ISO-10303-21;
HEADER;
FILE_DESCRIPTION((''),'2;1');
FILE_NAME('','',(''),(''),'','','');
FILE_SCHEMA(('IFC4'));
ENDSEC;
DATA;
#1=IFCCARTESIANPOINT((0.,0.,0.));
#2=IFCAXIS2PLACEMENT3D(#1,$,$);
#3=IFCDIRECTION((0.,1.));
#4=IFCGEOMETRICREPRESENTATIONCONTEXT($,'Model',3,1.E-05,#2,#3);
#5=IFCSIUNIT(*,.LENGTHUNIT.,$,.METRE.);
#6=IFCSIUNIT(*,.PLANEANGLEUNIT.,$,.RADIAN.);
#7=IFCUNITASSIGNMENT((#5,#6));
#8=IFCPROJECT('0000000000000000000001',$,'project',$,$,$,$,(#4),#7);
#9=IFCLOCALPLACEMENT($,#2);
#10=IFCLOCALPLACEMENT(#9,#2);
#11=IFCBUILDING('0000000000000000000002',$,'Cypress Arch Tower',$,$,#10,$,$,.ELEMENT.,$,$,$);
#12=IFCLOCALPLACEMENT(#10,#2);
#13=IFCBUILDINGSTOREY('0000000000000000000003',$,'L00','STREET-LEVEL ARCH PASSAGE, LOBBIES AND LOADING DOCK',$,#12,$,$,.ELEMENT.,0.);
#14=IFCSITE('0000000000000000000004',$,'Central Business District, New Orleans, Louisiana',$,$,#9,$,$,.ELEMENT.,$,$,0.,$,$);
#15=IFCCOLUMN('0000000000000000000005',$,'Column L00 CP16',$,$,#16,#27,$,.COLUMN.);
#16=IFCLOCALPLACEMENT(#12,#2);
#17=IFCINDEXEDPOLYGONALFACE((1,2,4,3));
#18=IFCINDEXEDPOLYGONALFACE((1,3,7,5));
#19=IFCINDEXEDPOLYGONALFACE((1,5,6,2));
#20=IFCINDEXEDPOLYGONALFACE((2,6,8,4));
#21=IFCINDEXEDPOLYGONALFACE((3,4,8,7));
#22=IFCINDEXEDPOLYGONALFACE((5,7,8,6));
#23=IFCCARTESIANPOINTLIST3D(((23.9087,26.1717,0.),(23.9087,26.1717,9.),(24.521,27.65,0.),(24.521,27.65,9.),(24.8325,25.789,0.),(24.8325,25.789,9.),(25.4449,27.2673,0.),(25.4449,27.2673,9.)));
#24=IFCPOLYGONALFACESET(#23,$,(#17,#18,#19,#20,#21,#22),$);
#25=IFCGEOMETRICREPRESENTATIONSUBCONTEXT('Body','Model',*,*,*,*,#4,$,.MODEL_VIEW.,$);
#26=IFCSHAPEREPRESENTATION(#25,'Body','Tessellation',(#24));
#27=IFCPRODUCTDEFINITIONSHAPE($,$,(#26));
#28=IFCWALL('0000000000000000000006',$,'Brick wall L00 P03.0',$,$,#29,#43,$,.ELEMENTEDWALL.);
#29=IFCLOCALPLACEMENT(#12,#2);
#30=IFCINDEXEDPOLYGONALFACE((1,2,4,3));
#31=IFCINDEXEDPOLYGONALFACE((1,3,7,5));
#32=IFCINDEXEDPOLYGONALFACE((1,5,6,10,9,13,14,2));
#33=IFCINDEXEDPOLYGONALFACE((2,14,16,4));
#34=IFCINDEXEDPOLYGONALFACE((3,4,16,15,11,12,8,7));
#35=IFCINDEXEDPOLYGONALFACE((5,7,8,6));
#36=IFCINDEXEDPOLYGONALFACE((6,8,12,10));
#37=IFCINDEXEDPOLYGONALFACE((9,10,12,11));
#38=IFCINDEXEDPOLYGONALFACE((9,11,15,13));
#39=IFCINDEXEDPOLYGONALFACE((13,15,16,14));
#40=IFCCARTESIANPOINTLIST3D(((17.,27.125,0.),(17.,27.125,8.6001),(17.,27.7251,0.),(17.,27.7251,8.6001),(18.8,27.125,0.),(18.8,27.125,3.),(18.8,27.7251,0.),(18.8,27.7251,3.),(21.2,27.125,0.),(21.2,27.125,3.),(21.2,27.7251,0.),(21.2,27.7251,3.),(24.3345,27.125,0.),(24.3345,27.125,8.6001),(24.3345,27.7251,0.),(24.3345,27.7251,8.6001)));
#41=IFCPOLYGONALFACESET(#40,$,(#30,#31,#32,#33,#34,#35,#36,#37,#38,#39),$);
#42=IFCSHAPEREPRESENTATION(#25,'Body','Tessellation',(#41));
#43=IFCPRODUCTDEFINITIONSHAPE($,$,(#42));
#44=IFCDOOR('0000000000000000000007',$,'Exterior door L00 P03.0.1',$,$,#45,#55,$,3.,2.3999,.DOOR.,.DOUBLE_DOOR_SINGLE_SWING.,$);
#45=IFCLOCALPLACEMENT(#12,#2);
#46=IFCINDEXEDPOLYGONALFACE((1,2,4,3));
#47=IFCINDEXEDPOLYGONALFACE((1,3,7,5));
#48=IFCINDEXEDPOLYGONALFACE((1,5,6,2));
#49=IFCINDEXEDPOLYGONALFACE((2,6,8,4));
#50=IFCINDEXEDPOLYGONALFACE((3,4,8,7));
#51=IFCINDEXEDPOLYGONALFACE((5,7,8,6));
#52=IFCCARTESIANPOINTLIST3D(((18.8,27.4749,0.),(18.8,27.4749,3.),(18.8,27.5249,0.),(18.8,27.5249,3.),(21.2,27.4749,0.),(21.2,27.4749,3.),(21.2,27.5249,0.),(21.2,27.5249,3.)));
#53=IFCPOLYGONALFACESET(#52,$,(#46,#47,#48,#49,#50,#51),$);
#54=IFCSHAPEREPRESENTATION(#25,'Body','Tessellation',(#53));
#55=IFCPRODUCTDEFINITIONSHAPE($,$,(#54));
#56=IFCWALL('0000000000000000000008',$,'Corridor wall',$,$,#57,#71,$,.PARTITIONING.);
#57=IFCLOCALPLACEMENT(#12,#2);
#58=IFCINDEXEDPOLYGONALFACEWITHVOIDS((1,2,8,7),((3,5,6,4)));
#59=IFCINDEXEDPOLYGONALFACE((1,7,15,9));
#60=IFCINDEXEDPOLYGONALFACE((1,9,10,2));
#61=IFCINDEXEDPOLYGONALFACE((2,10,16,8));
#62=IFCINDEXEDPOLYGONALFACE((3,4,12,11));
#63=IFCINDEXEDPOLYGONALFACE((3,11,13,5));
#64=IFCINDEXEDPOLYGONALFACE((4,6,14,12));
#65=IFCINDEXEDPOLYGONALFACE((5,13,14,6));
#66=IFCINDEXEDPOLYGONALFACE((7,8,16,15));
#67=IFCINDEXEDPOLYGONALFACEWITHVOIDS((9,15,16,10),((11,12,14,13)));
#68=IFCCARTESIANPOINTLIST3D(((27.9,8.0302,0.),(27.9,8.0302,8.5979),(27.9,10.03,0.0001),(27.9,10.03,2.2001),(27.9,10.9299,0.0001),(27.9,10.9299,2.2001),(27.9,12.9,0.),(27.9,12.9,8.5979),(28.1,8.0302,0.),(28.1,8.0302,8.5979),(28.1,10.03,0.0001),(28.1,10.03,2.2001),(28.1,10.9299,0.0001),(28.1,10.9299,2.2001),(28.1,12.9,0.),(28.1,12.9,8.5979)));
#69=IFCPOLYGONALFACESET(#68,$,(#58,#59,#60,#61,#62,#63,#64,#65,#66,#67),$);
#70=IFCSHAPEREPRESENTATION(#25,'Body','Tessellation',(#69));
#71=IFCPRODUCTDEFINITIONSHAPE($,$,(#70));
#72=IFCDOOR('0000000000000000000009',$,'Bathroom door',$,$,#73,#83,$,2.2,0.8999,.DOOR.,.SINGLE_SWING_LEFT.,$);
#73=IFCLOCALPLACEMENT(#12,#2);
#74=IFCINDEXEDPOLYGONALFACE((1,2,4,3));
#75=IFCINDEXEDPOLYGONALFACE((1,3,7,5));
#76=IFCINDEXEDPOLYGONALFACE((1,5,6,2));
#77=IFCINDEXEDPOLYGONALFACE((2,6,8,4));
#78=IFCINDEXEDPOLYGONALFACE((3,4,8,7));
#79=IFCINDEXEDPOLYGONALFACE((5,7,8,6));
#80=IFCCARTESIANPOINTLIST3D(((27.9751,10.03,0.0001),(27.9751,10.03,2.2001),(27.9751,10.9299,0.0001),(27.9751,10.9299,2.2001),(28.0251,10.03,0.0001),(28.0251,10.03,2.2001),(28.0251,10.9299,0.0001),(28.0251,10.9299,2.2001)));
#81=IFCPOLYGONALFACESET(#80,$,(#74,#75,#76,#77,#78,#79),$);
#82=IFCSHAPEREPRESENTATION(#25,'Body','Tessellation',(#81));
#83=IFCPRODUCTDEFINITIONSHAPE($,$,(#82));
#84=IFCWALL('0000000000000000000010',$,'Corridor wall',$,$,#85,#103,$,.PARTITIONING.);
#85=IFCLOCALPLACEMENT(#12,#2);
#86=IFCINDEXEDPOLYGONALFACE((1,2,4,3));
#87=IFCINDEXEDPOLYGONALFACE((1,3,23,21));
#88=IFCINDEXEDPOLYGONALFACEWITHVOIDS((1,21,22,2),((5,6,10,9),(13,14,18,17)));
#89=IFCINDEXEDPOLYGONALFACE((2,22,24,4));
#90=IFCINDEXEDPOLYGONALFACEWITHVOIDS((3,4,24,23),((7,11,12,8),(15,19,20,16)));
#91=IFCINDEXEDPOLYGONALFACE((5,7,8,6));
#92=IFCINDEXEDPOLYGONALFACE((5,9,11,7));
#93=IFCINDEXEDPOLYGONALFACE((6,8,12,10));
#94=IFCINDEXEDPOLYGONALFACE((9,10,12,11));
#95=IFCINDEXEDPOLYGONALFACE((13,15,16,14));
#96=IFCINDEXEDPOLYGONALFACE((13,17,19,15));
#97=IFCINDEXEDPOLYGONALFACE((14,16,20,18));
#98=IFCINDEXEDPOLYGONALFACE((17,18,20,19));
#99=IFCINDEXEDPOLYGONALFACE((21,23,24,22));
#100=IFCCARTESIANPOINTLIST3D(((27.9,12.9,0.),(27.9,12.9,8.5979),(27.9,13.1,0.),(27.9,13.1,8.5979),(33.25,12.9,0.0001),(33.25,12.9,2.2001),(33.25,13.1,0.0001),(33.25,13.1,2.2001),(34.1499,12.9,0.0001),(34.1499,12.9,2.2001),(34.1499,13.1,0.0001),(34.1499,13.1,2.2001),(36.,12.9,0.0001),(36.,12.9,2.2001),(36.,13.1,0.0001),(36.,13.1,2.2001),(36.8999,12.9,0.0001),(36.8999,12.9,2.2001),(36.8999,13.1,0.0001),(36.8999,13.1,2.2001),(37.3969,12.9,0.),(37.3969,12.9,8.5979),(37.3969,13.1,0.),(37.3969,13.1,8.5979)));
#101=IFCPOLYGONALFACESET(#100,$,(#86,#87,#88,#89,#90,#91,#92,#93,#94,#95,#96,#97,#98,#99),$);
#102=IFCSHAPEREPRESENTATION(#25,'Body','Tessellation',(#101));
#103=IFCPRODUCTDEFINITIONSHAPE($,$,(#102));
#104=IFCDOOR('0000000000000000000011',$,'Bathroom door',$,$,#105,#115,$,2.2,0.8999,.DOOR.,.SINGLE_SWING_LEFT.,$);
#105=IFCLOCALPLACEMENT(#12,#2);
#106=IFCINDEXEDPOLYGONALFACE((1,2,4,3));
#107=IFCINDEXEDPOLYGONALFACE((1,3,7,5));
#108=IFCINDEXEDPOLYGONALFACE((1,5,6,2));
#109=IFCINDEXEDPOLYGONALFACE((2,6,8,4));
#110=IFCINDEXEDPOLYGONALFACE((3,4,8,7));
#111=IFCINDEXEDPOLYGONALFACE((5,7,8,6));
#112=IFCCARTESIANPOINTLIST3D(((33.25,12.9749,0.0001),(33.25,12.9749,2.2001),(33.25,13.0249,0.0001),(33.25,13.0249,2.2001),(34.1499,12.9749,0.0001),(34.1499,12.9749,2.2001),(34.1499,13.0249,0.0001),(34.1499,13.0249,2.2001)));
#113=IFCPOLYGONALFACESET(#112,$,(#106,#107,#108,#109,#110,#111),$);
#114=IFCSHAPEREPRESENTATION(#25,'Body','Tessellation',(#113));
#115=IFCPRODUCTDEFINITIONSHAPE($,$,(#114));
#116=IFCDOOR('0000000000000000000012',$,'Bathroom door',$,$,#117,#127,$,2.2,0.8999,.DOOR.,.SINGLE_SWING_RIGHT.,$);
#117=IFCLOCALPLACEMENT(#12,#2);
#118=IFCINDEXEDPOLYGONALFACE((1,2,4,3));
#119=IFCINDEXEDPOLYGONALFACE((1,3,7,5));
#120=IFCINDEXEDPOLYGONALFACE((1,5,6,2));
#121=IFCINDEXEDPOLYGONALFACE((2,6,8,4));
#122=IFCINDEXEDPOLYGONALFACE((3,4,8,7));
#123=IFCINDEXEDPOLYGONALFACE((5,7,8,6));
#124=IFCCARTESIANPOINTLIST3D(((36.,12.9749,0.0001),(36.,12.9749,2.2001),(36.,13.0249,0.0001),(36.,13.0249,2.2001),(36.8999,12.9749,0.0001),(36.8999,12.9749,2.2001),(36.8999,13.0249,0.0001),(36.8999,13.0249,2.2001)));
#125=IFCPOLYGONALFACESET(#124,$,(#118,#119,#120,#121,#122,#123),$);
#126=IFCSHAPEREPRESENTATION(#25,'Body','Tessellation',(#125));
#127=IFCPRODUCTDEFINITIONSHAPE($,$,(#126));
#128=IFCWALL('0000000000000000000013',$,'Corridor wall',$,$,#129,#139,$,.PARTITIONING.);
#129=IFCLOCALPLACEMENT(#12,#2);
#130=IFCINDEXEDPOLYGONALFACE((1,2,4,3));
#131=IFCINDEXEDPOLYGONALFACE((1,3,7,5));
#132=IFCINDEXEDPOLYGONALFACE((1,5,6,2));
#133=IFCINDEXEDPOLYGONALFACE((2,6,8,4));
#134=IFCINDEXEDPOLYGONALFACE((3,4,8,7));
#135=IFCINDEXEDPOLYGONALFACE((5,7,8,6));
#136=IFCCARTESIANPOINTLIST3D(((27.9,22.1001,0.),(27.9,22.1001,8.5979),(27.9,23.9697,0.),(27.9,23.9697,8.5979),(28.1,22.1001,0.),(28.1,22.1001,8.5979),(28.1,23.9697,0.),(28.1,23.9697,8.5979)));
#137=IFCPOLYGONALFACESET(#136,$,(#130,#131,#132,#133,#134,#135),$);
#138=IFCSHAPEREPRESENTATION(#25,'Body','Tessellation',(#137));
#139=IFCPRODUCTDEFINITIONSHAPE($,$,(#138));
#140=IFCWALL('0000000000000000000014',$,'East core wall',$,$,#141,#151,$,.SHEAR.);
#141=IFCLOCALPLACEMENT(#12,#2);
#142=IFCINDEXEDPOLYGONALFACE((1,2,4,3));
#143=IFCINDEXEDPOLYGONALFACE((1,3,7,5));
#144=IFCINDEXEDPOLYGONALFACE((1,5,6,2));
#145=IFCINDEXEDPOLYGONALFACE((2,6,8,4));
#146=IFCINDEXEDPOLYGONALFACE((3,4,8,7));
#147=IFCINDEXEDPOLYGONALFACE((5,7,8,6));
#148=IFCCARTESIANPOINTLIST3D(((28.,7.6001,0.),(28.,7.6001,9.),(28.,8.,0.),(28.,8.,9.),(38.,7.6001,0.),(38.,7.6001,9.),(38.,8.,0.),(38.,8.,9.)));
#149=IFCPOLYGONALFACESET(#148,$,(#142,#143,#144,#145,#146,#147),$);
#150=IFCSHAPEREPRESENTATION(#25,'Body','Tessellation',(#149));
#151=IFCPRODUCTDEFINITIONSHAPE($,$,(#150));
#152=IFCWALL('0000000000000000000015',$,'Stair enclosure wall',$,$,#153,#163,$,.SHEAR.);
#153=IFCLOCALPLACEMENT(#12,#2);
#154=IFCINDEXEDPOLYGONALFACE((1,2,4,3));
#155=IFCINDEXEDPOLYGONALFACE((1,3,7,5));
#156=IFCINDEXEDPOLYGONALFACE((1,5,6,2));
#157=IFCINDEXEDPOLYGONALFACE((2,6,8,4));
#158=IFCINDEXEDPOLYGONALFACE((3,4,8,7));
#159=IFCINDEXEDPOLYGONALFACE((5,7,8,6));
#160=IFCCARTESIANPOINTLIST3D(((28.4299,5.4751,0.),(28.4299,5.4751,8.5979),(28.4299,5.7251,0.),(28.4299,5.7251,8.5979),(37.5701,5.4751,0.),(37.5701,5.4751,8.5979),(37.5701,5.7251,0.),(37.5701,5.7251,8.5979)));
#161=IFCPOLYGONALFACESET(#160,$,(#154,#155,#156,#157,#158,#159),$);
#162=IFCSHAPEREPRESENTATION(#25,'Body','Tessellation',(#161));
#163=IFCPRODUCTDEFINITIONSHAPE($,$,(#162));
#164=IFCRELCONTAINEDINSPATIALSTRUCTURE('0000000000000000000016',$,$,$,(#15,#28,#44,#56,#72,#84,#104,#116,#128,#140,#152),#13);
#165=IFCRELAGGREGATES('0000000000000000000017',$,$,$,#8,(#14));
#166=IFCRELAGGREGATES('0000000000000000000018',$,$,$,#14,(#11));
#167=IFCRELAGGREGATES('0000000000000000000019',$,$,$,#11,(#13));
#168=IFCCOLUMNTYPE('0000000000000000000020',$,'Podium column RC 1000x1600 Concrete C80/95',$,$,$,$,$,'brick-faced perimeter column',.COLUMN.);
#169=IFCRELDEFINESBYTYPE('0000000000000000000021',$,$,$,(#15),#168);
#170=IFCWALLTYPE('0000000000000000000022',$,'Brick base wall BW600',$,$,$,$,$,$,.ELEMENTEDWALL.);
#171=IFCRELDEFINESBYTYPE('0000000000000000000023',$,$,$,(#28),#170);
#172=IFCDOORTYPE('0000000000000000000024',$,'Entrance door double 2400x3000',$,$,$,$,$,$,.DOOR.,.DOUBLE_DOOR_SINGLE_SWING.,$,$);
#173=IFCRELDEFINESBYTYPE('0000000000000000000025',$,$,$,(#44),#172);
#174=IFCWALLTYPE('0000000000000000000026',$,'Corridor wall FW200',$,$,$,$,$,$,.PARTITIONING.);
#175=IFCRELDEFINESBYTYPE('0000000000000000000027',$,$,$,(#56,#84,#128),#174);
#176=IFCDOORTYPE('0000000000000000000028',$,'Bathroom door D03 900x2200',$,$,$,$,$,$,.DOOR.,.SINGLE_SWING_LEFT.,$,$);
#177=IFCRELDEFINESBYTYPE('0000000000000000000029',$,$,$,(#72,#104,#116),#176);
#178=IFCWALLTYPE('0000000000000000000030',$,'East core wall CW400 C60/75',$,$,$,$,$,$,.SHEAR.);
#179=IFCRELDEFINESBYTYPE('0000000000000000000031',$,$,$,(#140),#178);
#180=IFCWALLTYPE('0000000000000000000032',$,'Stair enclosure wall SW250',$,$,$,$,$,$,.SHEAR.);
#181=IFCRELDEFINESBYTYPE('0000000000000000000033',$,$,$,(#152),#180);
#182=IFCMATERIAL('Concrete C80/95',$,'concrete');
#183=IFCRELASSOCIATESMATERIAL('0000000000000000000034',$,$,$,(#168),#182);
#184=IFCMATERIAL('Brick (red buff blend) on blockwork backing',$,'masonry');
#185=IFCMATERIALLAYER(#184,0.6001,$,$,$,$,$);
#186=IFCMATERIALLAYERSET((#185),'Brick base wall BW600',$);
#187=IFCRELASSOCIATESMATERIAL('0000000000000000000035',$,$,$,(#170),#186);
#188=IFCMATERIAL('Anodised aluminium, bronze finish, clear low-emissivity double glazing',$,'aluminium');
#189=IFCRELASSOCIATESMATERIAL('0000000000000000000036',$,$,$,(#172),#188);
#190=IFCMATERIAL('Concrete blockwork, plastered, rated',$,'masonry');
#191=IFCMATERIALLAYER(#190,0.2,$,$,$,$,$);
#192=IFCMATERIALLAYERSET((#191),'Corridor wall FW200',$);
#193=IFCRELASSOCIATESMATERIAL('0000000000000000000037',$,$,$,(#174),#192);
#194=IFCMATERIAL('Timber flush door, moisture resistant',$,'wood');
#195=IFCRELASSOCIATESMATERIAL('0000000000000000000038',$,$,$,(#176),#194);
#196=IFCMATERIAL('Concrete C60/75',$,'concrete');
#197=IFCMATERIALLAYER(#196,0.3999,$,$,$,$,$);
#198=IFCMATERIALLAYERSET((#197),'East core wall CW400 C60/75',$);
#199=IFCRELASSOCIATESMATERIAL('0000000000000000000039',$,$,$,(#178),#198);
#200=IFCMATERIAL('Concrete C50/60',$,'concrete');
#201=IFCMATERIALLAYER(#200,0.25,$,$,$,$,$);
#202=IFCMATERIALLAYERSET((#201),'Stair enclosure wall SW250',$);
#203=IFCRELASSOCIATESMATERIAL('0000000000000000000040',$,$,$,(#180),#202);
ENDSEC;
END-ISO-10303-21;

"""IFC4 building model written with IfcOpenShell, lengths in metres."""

from ifc_helpers import new_model, si_unit, direction, frame, frame_2d, origin, origin_2d, place, context, subcontext, project, spatial, rectangle, extrude, material, layer, layer_set, material_profile, profile_set, type_object, element, fill, save


model = new_model("IFC4")

# Units and contexts
model_context = context("Model", 3, precision=1e-05, world=origin(), true_north=direction((0.0, 1.0)))
body_context = subcontext(model_context, "Body", "Model", "MODEL_VIEW")
ifc_project = project(units=[si_unit("LENGTHUNIT", "METRE"), si_unit("PLANEANGLEUNIT", "RADIAN")], contexts=[model_context])

# Site, building, storey
site_placement = place(None, origin())
site = spatial("IfcSite", under=ifc_project, at=site_placement, Name="Central Business District, New Orleans, Louisiana", CompositionType="ELEMENT", RefElevation=0.0)
building_placement = place(site_placement, origin())
building = spatial("IfcBuilding", under=site, at=building_placement, Name="Cypress Arch Tower", CompositionType="ELEMENT")
storey_placement = place(building_placement, origin())
storey = spatial("IfcBuildingStorey", under=building, at=storey_placement, Name="L00", Description="STREET-LEVEL ARCH PASSAGE, LOBBIES AND LOADING DOCK", CompositionType="ELEMENT", Elevation=0.0)

# Column
ifc_material_1 = material(Name="Concrete C80/95", Category="concrete")
ifc_material_profile_1 = material_profile(ifc_material_1, rectangle(XDim=1.0, YDim=1.6001, at=origin_2d()), Name="RC 1000x1600")
ifc_profile_set_1 = profile_set([ifc_material_profile_1], Name="Concrete C80/95")
column_type = type_object("IfcColumnType", Name="Podium column RC 1000x1600 Concrete C80/95", ElementType="brick-faced perimeter column", PredefinedType="COLUMN", material=ifc_profile_set_1)
for number, where, z_axis, x_axis, name in (
    (1, (24.6768, 26.7195, 0.0), (0.0, 0.0, 1.0), (-0.92388, 0.382683, 0.0), "Column L00 CP16"),
):
    element("IfcColumn", number, at=place(storey_placement, frame(where, z_axis=z_axis, x_axis=x_axis)), inside=storey, type_object=column_type, Name=name, PredefinedType="COLUMN", context=body_context, shape_type="SweptSolid", body=[
        extrude(rectangle(XDim=1.0, YDim=1.6001, at=origin_2d()), origin(), (0.0, 0.0, 1.0), 9.0),
    ])

# Walls, openings, doors
ifc_material_2 = material(Name="Brick (red buff blend) on blockwork backing", Category="masonry")
ifc_layer_1 = layer(ifc_material_2, 0.6001)
ifc_layer_set_1 = layer_set([ifc_layer_1], Name="Brick base wall BW600")
wall_type_1 = type_object("IfcWallType", Name="Brick base wall BW600", PredefinedType="ELEMENTEDWALL", material=ifc_layer_set_1)
wall_1_placement = place(storey_placement, frame((24.3345, 27.425, 0.0), z_axis=(0.0, 0.0, 1.0), x_axis=(-1.0, 0.0, 0.0)))
wall_1 = element("IfcWall", 2, at=wall_1_placement, inside=storey, type_object=wall_type_1, Name="Brick wall L00 P03.0", PredefinedType="ELEMENTEDWALL", context=body_context, shape_type="SweptSolid", body=[
    extrude(rectangle(XDim=7.3345, YDim=0.6001, at=frame_2d((3.6672, 0.0))), origin(), (0.0, 0.0, 1.0), 8.6001),
])
opening_1_placement = place(wall_1_placement, frame((3.1345, 0.0, 0.0)))
opening_1 = element("IfcOpeningElement", 3, at=opening_1_placement, cuts=wall_1, PredefinedType="OPENING", context=body_context, shape_type="SweptSolid", body=[
    extrude(rectangle(XDim=2.3999, YDim=3.0, at=frame_2d((1.2, 1.5))), frame((0.0, 0.3101, 0.0), z_axis=(0.0, -1.0, 0.0), x_axis=(1.0, 0.0, 0.0)), (0.0, 0.0, 1.0), 0.6201),
])
ifc_material_3 = material(Name="Anodised aluminium, bronze finish, clear low-emissivity double glazing", Category="aluminium")
door_type_1 = type_object("IfcDoorType", Name="Entrance door double 2400x3000", OperationType="DOUBLE_DOOR_SINGLE_SWING", PredefinedType="DOOR", material=ifc_material_3)
door_1_placement = place(opening_1_placement, origin())
door_1 = element("IfcDoor", 4, at=door_1_placement, inside=storey, type_object=door_type_1, Name="Exterior door L00 P03.0.1", OperationType="DOUBLE_DOOR_SINGLE_SWING", OverallHeight=3.0, OverallWidth=2.3999, PredefinedType="DOOR", context=body_context, shape_type="SweptSolid", body=[
    extrude(rectangle(XDim=2.3999, YDim=3.0, at=frame_2d((1.2, 1.5))), frame((0.0, -0.0498, 0.0), z_axis=(0.0, -1.0, 0.0), x_axis=(1.0, 0.0, 0.0)), (0.0, 0.0, 1.0), 0.05),
])
fill(opening_1, door_1)
ifc_material_4 = material(Name="Concrete blockwork, plastered, rated", Category="masonry")
ifc_layer_2 = layer(ifc_material_4, 0.2)
ifc_layer_set_2 = layer_set([ifc_layer_2], Name="Corridor wall FW200")
wall_type_2 = type_object("IfcWallType", Name="Corridor wall FW200", PredefinedType="PARTITIONING", material=ifc_layer_set_2)
wall_2_placement = place(storey_placement, frame((28.0, 8.03, 0.0), z_axis=(0.0, 0.0, 1.0), x_axis=(0.0, 1.0, 0.0)))
wall_2 = element("IfcWall", 5, at=wall_2_placement, inside=storey, type_object=wall_type_2, Name="Corridor wall", PredefinedType="PARTITIONING", context=body_context, shape_type="SweptSolid", body=[
    extrude(rectangle(XDim=4.8699, YDim=0.2, at=frame_2d((2.4351, 0.0))), origin(), (0.0, 0.0, 1.0), 8.5979),
])
opening_2_placement = place(wall_2_placement, frame((2.0, 0.0, 0.0)))
opening_2 = element("IfcOpeningElement", 6, at=opening_2_placement, cuts=wall_2, PredefinedType="OPENING", context=body_context, shape_type="SweptSolid", body=[
    extrude(rectangle(XDim=0.8999, YDim=2.2, at=frame_2d((0.45, 1.1001))), frame((0.0, 0.1099, 0.0), z_axis=(0.0, -1.0, 0.0), x_axis=(1.0, 0.0, 0.0)), (0.0, 0.0, 1.0), 0.22),
])
ifc_material_5 = material(Name="Timber flush door, moisture resistant", Category="wood")
door_type_2 = type_object("IfcDoorType", Name="Bathroom door D03 900x2200", OperationType="SINGLE_SWING_LEFT", PredefinedType="DOOR", material=ifc_material_5)
door_2_placement = place(opening_2_placement, origin())
door_2 = element("IfcDoor", 7, at=door_2_placement, inside=storey, type_object=door_type_2, Name="Bathroom door", OperationType="SINGLE_SWING_LEFT", OverallHeight=2.2, OverallWidth=0.8999, PredefinedType="DOOR", context=body_context, shape_type="SweptSolid", body=[
    extrude(rectangle(XDim=0.8999, YDim=2.2, at=frame_2d((0.45, 1.1001))), frame((0.0, 0.0249, 0.0), z_axis=(0.0, -1.0, 0.0), x_axis=(1.0, 0.0, 0.0)), (0.0, 0.0, 1.0), 0.05),
])
fill(opening_2, door_2)

# Wall, openings, doors
wall_3_placement = place(storey_placement, frame((27.8999, 13.0, 0.0), z_axis=(0.0, 0.0, 1.0), x_axis=(1.0, 0.0, 0.0)))
wall_3 = element("IfcWall", 8, at=wall_3_placement, inside=storey, type_object=wall_type_2, Name="Corridor wall", PredefinedType="PARTITIONING", context=body_context, shape_type="SweptSolid", body=[
    extrude(rectangle(XDim=9.4968, YDim=0.2, at=frame_2d((4.7485, 0.0))), origin(), (0.0, 0.0, 1.0), 8.5979),
])
opening_3_placement = place(wall_3_placement, frame((5.3501, 0.0, 0.0)))
opening_3 = element("IfcOpeningElement", 9, at=opening_3_placement, cuts=wall_3, PredefinedType="OPENING", context=body_context, shape_type="SweptSolid", body=[
    extrude(rectangle(XDim=0.8999, YDim=2.2, at=frame_2d((0.45, 1.1001))), frame((0.0, 0.1099, 0.0), z_axis=(0.0, -1.0, 0.0), x_axis=(1.0, 0.0, 0.0)), (0.0, 0.0, 1.0), 0.22),
])
opening_4_placement = place(wall_3_placement, frame((8.1001, 0.0, 0.0)))
opening_4 = element("IfcOpeningElement", 10, at=opening_4_placement, cuts=wall_3, PredefinedType="OPENING", context=body_context, shape_type="SweptSolid", body=[
    extrude(rectangle(XDim=0.8999, YDim=2.2, at=frame_2d((0.45, 1.1001))), frame((0.0, 0.1099, 0.0), z_axis=(0.0, -1.0, 0.0), x_axis=(1.0, 0.0, 0.0)), (0.0, 0.0, 1.0), 0.22),
])
door_3_placement = place(opening_3_placement, origin())
door_3 = element("IfcDoor", 11, at=door_3_placement, inside=storey, type_object=door_type_2, Name="Bathroom door", OperationType="SINGLE_SWING_LEFT", OverallHeight=2.2, OverallWidth=0.8999, PredefinedType="DOOR", context=body_context, shape_type="SweptSolid", body=[
    extrude(rectangle(XDim=0.8999, YDim=2.2, at=frame_2d((0.45, 1.1001))), frame((0.0, 0.0249, 0.0), z_axis=(0.0, -1.0, 0.0), x_axis=(1.0, 0.0, 0.0)), (0.0, 0.0, 1.0), 0.05),
])
fill(opening_3, door_3)
door_4_placement = place(opening_4_placement, origin())
door_4 = element("IfcDoor", 12, at=door_4_placement, inside=storey, type_object=door_type_2, Name="Bathroom door", OperationType="SINGLE_SWING_RIGHT", OverallHeight=2.2, OverallWidth=0.8999, PredefinedType="DOOR", context=body_context, shape_type="SweptSolid", body=[
    extrude(rectangle(XDim=0.8999, YDim=2.2, at=frame_2d((0.45, 1.1001))), frame((0.0, 0.0249, 0.0), z_axis=(0.0, -1.0, 0.0), x_axis=(1.0, 0.0, 0.0)), (0.0, 0.0, 1.0), 0.05),
])
fill(opening_4, door_4)

# Walls
wall_4_placement = place(storey_placement, frame((28.0, 22.1001, 0.0), z_axis=(0.0, 0.0, 1.0), x_axis=(0.0, 1.0, 0.0)))
element("IfcWall", 13, at=wall_4_placement, inside=storey, type_object=wall_type_2, Name="Corridor wall", PredefinedType="PARTITIONING", context=body_context, shape_type="SweptSolid", body=[
    extrude(rectangle(XDim=1.8696, YDim=0.2, at=frame_2d((0.9348, 0.0))), origin(), (0.0, 0.0, 1.0), 8.5979),
])
ifc_material_6 = material(Name="Concrete C60/75", Category="concrete")
ifc_layer_3 = layer(ifc_material_6, 0.3999)
ifc_layer_set_3 = layer_set([ifc_layer_3], Name="East core wall CW400 C60/75")
wall_type_3 = type_object("IfcWallType", Name="East core wall CW400 C60/75", PredefinedType="SHEAR", material=ifc_layer_set_3)
wall_5_placement = place(storey_placement, frame((28.0, 7.8, 0.0), z_axis=(0.0, 0.0, 1.0), x_axis=(1.0, 0.0, 0.0)))
element("IfcWall", 14, at=wall_5_placement, inside=storey, type_object=wall_type_3, Name="East core wall", PredefinedType="SHEAR", context=body_context, shape_type="SweptSolid", body=[
    extrude(rectangle(XDim=10.0, YDim=0.3999, at=frame_2d((5.0, 0.0))), origin(), (0.0, 0.0, 1.0), 9.0),
])
ifc_material_7 = material(Name="Concrete C50/60", Category="concrete")
ifc_layer_4 = layer(ifc_material_7, 0.25)
ifc_layer_set_4 = layer_set([ifc_layer_4], Name="Stair enclosure wall SW250")
wall_type_4 = type_object("IfcWallType", Name="Stair enclosure wall SW250", PredefinedType="SHEAR", material=ifc_layer_set_4)
wall_6_placement = place(storey_placement, frame((28.4299, 5.6001, 0.0), z_axis=(0.0, 0.0, 1.0), x_axis=(1.0, 0.0, 0.0)))
element("IfcWall", 15, at=wall_6_placement, inside=storey, type_object=wall_type_4, Name="Stair enclosure wall", PredefinedType="SHEAR", context=body_context, shape_type="SweptSolid", body=[
    extrude(rectangle(XDim=9.1401, YDim=0.25, at=frame_2d((4.5701, 0.0))), origin(), (0.0, 0.0, 1.0), 8.5979),
])

save(model, "model.ifc")
